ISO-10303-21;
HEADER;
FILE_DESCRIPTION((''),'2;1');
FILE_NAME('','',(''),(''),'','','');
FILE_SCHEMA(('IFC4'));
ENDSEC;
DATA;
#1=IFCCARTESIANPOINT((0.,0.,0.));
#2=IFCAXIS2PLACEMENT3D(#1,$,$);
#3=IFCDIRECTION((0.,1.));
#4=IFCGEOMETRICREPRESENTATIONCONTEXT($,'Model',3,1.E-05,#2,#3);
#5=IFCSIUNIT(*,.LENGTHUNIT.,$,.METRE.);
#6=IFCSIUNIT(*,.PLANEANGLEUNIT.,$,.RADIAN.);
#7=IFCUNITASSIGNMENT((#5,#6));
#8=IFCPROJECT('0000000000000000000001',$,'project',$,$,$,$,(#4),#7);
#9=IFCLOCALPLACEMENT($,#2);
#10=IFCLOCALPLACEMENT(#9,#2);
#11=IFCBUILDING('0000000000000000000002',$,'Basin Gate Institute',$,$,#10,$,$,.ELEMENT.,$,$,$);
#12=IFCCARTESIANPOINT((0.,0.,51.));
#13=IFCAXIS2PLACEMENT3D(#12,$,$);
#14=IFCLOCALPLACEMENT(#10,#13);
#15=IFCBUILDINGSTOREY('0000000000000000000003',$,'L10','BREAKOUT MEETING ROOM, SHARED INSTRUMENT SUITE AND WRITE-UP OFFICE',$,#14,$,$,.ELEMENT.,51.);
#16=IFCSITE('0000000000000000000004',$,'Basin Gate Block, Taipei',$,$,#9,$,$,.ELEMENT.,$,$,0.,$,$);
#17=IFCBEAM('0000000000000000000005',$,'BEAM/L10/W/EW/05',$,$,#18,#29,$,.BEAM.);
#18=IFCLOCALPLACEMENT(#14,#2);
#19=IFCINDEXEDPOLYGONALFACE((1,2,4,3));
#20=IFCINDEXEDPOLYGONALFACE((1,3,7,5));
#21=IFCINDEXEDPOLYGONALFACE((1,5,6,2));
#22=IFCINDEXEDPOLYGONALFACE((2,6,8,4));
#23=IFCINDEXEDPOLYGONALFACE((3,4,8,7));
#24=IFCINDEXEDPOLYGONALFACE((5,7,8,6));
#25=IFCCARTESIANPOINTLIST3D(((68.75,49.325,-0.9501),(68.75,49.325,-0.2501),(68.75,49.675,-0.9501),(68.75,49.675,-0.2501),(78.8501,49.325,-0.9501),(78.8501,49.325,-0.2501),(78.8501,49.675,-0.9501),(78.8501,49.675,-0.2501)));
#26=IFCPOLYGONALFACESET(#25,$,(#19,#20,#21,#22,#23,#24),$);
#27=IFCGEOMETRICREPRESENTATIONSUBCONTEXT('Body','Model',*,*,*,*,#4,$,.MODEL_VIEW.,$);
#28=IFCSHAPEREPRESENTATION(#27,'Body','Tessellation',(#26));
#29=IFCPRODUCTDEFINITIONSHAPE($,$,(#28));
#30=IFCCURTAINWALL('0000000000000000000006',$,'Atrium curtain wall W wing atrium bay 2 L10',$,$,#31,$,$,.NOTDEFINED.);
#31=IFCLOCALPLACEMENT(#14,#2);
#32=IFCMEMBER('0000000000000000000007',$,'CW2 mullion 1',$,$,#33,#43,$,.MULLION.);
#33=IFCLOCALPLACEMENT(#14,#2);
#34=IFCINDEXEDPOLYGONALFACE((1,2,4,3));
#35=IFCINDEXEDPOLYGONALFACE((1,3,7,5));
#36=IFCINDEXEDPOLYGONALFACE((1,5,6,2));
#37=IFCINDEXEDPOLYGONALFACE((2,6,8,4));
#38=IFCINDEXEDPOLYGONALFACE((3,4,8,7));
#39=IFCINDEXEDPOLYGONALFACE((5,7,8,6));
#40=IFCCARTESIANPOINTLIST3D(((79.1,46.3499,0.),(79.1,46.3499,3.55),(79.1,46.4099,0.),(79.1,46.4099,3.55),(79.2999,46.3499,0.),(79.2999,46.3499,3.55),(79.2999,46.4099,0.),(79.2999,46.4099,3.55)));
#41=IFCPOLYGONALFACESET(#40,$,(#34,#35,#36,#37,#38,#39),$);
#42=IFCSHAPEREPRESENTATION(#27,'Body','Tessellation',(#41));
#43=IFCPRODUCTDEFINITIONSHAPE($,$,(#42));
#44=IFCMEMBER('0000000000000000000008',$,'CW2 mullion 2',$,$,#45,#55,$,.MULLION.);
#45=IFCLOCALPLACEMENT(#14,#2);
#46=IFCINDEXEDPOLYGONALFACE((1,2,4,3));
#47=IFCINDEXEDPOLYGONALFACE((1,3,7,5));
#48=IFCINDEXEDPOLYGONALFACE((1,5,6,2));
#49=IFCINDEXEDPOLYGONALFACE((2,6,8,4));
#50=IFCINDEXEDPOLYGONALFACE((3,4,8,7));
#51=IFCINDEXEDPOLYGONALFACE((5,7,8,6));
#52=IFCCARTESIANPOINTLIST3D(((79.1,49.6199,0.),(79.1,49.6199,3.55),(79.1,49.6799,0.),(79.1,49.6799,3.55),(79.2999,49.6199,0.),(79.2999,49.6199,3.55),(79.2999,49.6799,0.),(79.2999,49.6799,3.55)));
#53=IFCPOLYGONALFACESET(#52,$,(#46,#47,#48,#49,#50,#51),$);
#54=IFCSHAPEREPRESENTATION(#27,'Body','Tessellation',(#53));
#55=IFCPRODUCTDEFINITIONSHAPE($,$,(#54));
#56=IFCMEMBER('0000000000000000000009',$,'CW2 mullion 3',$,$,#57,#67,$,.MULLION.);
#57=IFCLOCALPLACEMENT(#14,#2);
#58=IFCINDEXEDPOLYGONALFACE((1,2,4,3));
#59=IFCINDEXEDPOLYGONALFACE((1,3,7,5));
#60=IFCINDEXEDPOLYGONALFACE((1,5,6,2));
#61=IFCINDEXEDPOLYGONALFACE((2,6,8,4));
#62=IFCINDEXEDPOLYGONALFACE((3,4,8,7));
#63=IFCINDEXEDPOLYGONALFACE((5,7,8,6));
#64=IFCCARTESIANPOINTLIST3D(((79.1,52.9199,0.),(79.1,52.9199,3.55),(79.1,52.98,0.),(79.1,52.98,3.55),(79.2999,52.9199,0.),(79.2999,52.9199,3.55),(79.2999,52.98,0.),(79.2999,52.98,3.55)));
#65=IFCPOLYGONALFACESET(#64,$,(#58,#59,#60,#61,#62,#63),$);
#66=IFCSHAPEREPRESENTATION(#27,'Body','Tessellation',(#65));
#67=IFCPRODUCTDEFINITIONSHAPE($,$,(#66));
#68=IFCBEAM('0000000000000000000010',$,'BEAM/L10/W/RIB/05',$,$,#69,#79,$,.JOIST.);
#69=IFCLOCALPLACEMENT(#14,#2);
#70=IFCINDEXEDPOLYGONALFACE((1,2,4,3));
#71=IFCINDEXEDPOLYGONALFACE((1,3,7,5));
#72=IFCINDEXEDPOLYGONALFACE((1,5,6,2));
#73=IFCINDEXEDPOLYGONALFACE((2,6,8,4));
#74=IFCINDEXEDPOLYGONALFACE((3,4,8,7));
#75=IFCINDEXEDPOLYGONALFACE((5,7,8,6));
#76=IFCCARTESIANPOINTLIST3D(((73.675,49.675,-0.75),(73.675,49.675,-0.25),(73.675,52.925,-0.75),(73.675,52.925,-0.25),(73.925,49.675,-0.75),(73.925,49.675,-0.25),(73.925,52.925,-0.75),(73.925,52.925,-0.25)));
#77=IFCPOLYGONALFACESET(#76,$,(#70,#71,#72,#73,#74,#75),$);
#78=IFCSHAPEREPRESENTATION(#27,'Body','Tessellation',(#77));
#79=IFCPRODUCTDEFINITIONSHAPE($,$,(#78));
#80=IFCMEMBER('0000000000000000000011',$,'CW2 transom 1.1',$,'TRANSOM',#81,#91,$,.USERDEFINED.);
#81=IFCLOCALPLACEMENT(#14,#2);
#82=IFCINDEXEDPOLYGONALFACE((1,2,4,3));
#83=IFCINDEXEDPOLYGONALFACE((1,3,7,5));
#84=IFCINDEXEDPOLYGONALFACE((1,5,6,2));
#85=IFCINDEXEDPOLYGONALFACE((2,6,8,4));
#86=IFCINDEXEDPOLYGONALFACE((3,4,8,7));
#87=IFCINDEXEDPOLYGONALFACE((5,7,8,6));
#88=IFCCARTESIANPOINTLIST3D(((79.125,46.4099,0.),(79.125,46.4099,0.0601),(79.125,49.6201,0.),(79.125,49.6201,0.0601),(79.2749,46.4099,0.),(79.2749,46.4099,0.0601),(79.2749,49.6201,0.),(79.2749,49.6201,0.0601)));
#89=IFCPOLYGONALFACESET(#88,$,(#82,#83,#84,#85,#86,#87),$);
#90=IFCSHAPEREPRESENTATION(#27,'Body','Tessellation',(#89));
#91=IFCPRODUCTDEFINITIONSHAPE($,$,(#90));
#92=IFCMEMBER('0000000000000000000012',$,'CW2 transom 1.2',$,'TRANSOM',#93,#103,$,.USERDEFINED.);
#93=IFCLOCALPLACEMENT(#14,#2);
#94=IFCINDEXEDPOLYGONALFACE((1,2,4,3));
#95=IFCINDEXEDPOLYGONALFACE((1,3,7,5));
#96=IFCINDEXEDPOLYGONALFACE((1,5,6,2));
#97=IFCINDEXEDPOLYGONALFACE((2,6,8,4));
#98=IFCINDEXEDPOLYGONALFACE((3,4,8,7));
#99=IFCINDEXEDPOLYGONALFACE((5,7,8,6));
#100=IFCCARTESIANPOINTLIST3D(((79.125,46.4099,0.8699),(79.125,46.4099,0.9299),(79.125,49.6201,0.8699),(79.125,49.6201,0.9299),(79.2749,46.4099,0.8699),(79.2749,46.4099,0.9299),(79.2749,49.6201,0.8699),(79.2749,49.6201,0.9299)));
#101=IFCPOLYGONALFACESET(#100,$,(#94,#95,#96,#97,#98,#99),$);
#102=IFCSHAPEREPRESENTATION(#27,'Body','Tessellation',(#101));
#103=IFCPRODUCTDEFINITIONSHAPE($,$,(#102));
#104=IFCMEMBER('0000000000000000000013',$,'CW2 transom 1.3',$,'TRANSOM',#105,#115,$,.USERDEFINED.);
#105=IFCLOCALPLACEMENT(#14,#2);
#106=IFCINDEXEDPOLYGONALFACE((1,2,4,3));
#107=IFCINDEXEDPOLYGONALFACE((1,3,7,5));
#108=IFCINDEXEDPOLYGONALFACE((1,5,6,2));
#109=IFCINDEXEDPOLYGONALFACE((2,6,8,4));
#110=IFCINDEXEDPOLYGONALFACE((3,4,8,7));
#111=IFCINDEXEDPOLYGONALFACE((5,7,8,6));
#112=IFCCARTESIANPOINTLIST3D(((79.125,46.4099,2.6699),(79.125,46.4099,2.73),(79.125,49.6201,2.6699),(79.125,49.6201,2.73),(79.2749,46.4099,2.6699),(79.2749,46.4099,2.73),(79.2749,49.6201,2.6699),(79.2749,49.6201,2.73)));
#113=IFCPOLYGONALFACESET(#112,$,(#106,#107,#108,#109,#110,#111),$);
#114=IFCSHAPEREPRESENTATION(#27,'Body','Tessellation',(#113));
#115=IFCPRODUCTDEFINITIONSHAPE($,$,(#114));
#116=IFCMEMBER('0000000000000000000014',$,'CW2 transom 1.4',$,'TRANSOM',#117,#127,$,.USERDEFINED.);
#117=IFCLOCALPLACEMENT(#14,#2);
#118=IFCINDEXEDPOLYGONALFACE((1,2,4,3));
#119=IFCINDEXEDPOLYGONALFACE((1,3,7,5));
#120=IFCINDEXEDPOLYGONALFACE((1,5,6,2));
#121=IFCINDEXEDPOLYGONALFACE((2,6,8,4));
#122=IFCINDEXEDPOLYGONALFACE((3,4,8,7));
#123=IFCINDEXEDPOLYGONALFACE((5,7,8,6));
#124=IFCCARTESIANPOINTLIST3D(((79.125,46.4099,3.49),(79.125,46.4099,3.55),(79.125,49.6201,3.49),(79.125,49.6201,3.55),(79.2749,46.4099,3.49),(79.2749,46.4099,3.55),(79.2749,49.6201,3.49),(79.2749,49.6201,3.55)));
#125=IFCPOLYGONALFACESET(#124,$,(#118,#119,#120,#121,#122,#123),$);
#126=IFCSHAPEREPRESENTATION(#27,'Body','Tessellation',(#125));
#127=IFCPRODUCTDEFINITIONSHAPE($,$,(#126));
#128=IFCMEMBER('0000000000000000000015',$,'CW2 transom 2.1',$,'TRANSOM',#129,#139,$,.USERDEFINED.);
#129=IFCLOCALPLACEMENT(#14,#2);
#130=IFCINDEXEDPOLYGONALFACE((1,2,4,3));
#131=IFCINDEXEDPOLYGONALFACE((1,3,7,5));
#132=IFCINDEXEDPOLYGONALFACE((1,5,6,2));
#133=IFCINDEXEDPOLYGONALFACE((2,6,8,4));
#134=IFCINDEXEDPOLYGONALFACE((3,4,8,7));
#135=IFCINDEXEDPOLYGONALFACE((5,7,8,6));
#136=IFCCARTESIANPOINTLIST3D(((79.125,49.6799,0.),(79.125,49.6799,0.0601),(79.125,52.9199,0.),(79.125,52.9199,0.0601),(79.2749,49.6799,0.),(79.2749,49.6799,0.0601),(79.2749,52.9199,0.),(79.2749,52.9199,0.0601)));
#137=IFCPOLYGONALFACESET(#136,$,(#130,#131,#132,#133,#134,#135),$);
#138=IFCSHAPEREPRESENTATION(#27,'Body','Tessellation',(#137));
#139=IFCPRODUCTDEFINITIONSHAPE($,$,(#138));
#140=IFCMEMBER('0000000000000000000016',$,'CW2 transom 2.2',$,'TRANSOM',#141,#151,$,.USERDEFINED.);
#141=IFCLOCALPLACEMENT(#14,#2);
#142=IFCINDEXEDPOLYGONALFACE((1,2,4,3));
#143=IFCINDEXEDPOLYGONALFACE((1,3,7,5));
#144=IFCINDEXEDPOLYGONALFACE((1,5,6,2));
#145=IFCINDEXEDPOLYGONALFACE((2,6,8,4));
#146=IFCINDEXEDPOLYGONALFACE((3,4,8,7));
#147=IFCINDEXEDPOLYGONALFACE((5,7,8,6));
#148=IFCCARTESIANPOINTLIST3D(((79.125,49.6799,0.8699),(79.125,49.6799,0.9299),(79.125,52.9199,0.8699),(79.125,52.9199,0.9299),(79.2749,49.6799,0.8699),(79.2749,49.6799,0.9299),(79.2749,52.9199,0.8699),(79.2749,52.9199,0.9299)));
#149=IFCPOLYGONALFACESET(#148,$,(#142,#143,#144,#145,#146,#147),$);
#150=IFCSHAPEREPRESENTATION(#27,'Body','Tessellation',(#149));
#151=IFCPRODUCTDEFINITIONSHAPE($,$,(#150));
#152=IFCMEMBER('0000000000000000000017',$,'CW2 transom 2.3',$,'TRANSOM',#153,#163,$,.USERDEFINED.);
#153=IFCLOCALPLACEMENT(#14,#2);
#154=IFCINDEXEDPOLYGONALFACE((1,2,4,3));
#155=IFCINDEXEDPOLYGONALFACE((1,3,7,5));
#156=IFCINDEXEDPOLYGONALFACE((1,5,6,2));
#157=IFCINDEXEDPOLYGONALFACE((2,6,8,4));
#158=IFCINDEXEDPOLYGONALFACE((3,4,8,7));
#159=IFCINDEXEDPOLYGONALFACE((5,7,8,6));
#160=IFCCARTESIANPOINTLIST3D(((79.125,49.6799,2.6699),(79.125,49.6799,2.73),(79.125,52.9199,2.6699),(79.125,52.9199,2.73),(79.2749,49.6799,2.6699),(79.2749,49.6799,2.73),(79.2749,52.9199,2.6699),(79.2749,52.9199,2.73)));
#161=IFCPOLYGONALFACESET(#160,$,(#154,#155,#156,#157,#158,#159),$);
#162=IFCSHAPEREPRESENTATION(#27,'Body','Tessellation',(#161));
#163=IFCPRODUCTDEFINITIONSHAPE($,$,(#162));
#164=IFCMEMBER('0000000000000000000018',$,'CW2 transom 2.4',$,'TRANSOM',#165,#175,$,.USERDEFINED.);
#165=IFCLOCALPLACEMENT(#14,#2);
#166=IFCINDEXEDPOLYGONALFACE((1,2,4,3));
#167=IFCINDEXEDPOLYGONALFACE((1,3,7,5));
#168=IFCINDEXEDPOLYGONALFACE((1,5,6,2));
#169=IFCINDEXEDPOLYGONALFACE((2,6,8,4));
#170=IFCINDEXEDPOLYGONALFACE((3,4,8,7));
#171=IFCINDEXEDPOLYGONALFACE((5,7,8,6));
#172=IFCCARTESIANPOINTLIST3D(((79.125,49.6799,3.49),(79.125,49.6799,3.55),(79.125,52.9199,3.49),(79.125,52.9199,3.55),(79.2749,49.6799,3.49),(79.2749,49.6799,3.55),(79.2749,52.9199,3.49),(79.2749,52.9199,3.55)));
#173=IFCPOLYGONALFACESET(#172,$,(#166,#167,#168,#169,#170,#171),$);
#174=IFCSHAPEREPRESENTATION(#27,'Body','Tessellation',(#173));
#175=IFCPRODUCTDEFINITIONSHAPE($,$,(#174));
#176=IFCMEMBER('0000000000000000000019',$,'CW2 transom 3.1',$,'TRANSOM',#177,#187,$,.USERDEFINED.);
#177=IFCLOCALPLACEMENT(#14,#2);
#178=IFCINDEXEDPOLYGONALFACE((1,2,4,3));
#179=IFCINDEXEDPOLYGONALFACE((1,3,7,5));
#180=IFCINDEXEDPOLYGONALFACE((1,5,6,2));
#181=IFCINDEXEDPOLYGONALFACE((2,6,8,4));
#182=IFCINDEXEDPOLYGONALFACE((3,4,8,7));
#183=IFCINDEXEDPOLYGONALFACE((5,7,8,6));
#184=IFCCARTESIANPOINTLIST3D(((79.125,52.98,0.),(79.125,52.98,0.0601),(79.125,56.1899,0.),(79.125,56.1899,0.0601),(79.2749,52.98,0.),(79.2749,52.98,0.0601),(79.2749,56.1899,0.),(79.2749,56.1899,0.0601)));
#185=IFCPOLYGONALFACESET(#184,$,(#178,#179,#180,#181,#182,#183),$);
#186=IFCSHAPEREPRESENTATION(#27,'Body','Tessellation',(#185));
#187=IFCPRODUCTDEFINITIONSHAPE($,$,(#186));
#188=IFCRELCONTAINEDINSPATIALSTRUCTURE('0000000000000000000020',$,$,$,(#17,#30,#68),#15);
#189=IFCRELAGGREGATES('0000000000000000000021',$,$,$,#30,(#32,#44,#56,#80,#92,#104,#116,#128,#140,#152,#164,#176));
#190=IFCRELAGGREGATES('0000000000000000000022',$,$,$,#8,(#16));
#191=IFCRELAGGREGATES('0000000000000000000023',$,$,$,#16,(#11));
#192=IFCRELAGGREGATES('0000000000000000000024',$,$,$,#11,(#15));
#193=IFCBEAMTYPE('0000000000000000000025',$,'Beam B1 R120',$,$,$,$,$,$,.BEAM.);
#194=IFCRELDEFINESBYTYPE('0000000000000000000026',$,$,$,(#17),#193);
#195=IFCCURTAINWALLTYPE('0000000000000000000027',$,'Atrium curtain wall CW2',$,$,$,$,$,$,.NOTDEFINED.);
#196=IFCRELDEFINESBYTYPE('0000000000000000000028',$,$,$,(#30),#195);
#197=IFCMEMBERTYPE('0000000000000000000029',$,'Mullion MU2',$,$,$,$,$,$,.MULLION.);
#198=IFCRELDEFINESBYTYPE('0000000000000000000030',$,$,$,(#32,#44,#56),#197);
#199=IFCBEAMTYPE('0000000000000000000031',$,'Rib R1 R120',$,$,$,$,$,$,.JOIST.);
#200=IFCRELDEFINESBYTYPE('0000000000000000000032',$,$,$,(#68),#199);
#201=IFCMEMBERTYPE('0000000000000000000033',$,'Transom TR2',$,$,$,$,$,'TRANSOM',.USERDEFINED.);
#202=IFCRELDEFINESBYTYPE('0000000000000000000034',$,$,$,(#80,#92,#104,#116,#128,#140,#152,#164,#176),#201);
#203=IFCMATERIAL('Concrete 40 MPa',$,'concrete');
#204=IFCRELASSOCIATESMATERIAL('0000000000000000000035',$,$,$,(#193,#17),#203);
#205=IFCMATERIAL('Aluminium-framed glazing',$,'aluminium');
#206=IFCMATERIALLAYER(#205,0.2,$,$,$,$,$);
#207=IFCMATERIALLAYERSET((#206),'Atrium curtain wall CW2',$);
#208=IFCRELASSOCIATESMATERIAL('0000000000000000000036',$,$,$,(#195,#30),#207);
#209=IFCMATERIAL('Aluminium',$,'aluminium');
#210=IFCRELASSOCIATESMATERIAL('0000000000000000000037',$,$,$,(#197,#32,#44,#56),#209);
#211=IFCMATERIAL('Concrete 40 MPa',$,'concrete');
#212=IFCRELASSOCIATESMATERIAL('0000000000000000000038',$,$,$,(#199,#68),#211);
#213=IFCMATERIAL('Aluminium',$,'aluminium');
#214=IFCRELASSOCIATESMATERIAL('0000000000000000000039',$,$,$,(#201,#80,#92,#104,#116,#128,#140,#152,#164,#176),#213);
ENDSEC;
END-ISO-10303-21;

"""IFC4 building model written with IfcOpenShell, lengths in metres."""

from ifc_helpers import new_model, si_unit, direction, frame, origin, origin_2d, place, context, subcontext, project, spatial, rectangle, extrude, material, layer, layer_set, material_profile, profile_set, type_object, element, aggregate, save


model = new_model("IFC4")

# Units and contexts
model_context = context("Model", 3, precision=1e-05, world=origin(), true_north=direction((0.0, 1.0)))
body_context = subcontext(model_context, "Body", "Model", "MODEL_VIEW")
ifc_project = project(units=[si_unit("LENGTHUNIT", "METRE"), si_unit("PLANEANGLEUNIT", "RADIAN")], contexts=[model_context])

# Site, building, storey
site_placement = place(None, origin())
site = spatial("IfcSite", under=ifc_project, at=site_placement, Name="Basin Gate Block, Taipei", CompositionType="ELEMENT", RefElevation=0.0)
building_placement = place(site_placement, origin())
building = spatial("IfcBuilding", under=site, at=building_placement, Name="Basin Gate Institute", CompositionType="ELEMENT")
storey_placement = place(building_placement, frame((0.0, 0.0, 51.0)))
storey = spatial("IfcBuildingStorey", under=building, at=storey_placement, Name="L10", Description="BREAKOUT MEETING ROOM, SHARED INSTRUMENT SUITE AND WRITE-UP OFFICE", CompositionType="ELEMENT", Elevation=51.0)

# Beam
ifc_material_1 = material(Name="Concrete 40 MPa", Category="concrete")
ifc_material_profile_1 = material_profile(ifc_material_1, rectangle(XDim=0.3501, YDim=0.7, at=origin_2d()), Name="Beam B1 350 x 700")
ifc_profile_set_1 = profile_set([ifc_material_profile_1], Name="Concrete 40 MPa")
beam_type_1 = type_object("IfcBeamType", Name="Beam B1 R120", PredefinedType="BEAM", material=ifc_profile_set_1)
beam_1_placement = place(storey_placement, frame((68.75, 49.5, -0.6001), z_axis=(1.0, 0.0, 0.0), x_axis=(0.0, 1.0, 0.0)))
element("IfcBeam", 1, at=beam_1_placement, inside=storey, type_object=beam_type_1, material=ifc_profile_set_1, Name="BEAM/L10/W/EW/05", PredefinedType="BEAM", context=body_context, shape_type="SweptSolid", body=[
    extrude(rectangle(XDim=0.3501, YDim=0.7, at=origin_2d()), origin(), (0.0, 0.0, 1.0), 10.1001),
])

# Curtain wall, members
ifc_material_2 = material(Name="Aluminium-framed glazing", Category="aluminium")
ifc_layer_1 = layer(ifc_material_2, 0.2)
ifc_layer_set_1 = layer_set([ifc_layer_1], Name="Atrium curtain wall CW2")
curtain_wall_type = type_object("IfcCurtainWallType", Name="Atrium curtain wall CW2", PredefinedType="NOTDEFINED", material=ifc_layer_set_1)
curtain_wall_placement = place(storey_placement, origin())
curtain_wall = element("IfcCurtainWall", 2, at=curtain_wall_placement, inside=storey, type_object=curtain_wall_type, material=ifc_layer_set_1, Name="Atrium curtain wall W wing atrium bay 2 L10", PredefinedType="NOTDEFINED")
ifc_material_3 = material(Name="Aluminium", Category="aluminium")
ifc_material_profile_2 = material_profile(ifc_material_3, rectangle(XDim=0.2, YDim=0.0601, at=origin_2d()), Name="Mullion MU2 200 x 60")
ifc_profile_set_2 = profile_set([ifc_material_profile_2], Name="Aluminium")
member_type_1 = type_object("IfcMemberType", Name="Mullion MU2", PredefinedType="MULLION", material=ifc_profile_set_2)
member_1_placement = place(storey_placement, frame((79.2, 46.3799, 0.0), z_axis=(0.0, 0.0, 1.0), x_axis=(-1.0, 0.0, 0.0)))
member_1 = element("IfcMember", 3, at=member_1_placement, type_object=member_type_1, material=ifc_profile_set_2, Name="CW2 mullion 1", PredefinedType="MULLION", context=body_context, shape_type="SweptSolid", body=[
    extrude(rectangle(XDim=0.2, YDim=0.0601, at=origin_2d()), origin(), (0.0, 0.0, 1.0), 3.55),
])
member_2_placement = place(storey_placement, frame((79.2, 49.6499, 0.0), z_axis=(0.0, 0.0, 1.0), x_axis=(-1.0, 0.0, 0.0)))
member_2 = element("IfcMember", 4, at=member_2_placement, type_object=member_type_1, material=ifc_profile_set_2, Name="CW2 mullion 2", PredefinedType="MULLION", context=body_context, shape_type="SweptSolid", body=[
    extrude(rectangle(XDim=0.2, YDim=0.0601, at=origin_2d()), origin(), (0.0, 0.0, 1.0), 3.55),
])
member_3_placement = place(storey_placement, frame((79.2, 52.95, 0.0), z_axis=(0.0, 0.0, 1.0), x_axis=(-1.0, 0.0, 0.0)))
member_3 = element("IfcMember", 5, at=member_3_placement, type_object=member_type_1, material=ifc_profile_set_2, Name="CW2 mullion 3", PredefinedType="MULLION", context=body_context, shape_type="SweptSolid", body=[
    extrude(rectangle(XDim=0.2, YDim=0.0601, at=origin_2d()), origin(), (0.0, 0.0, 1.0), 3.55),
])

# Beam
ifc_material_4 = material(Name="Concrete 40 MPa", Category="concrete")
ifc_material_profile_3 = material_profile(ifc_material_4, rectangle(XDim=0.25, YDim=0.5, at=origin_2d()), Name="Rib R1 250 x 500")
ifc_profile_set_3 = profile_set([ifc_material_profile_3], Name="Concrete 40 MPa")
beam_type_2 = type_object("IfcBeamType", Name="Rib R1 R120", PredefinedType="JOIST", material=ifc_profile_set_3)
beam_2_placement = place(storey_placement, frame((73.8, 49.675, -0.5), z_axis=(0.0, 1.0, 0.0), x_axis=(-1.0, 0.0, 0.0)))
element("IfcBeam", 6, at=beam_2_placement, inside=storey, type_object=beam_type_2, material=ifc_profile_set_3, Name="BEAM/L10/W/RIB/05", PredefinedType="JOIST", context=body_context, shape_type="SweptSolid", body=[
    extrude(rectangle(XDim=0.25, YDim=0.5, at=origin_2d()), origin(), (0.0, 0.0, 1.0), 3.25),
])

# Members
ifc_material_5 = material(Name="Aluminium", Category="aluminium")
ifc_material_profile_4 = material_profile(ifc_material_5, rectangle(XDim=0.1499, YDim=0.0601, at=origin_2d()), Name="Transom TR2 150 x 60")
ifc_profile_set_4 = profile_set([ifc_material_profile_4], Name="Aluminium")
member_type_2 = type_object("IfcMemberType", Name="Transom TR2", ElementType="TRANSOM", PredefinedType="USERDEFINED", material=ifc_profile_set_4)
member_4_placement = place(storey_placement, frame((79.2, 46.4099, 0.03), z_axis=(0.0, 1.0, 0.0), x_axis=(-1.0, 0.0, 0.0)))
member_4 = element("IfcMember", 7, at=member_4_placement, type_object=member_type_2, material=ifc_profile_set_4, Name="CW2 transom 1.1", ObjectType="TRANSOM", PredefinedType="USERDEFINED", context=body_context, shape_type="SweptSolid", body=[
    extrude(rectangle(XDim=0.1499, YDim=0.0601, at=origin_2d()), origin(), (0.0, 0.0, 1.0), 3.2102),
])
member_5_placement = place(storey_placement, frame((79.2, 46.4099, 0.8999), z_axis=(0.0, 1.0, 0.0), x_axis=(-1.0, 0.0, 0.0)))
member_5 = element("IfcMember", 8, at=member_5_placement, type_object=member_type_2, material=ifc_profile_set_4, Name="CW2 transom 1.2", ObjectType="TRANSOM", PredefinedType="USERDEFINED", context=body_context, shape_type="SweptSolid", body=[
    extrude(rectangle(XDim=0.1499, YDim=0.0601, at=origin_2d()), origin(), (0.0, 0.0, 1.0), 3.2102),
])
member_6_placement = place(storey_placement, frame((79.2, 46.4099, 2.7), z_axis=(0.0, 1.0, 0.0), x_axis=(-1.0, 0.0, 0.0)))
member_6 = element("IfcMember", 9, at=member_6_placement, type_object=member_type_2, material=ifc_profile_set_4, Name="CW2 transom 1.3", ObjectType="TRANSOM", PredefinedType="USERDEFINED", context=body_context, shape_type="SweptSolid", body=[
    extrude(rectangle(XDim=0.1499, YDim=0.0601, at=origin_2d()), origin(), (0.0, 0.0, 1.0), 3.2102),
])
member_7_placement = place(storey_placement, frame((79.2, 46.4099, 3.52), z_axis=(0.0, 1.0, 0.0), x_axis=(-1.0, 0.0, 0.0)))
member_7 = element("IfcMember", 10, at=member_7_placement, type_object=member_type_2, material=ifc_profile_set_4, Name="CW2 transom 1.4", ObjectType="TRANSOM", PredefinedType="USERDEFINED", context=body_context, shape_type="SweptSolid", body=[
    extrude(rectangle(XDim=0.1499, YDim=0.0601, at=origin_2d()), origin(), (0.0, 0.0, 1.0), 3.2102),
])
member_8_placement = place(storey_placement, frame((79.2, 49.6799, 0.03), z_axis=(0.0, 1.0, 0.0), x_axis=(-1.0, 0.0, 0.0)))
member_8 = element("IfcMember", 11, at=member_8_placement, type_object=member_type_2, material=ifc_profile_set_4, Name="CW2 transom 2.1", ObjectType="TRANSOM", PredefinedType="USERDEFINED", context=body_context, shape_type="SweptSolid", body=[
    extrude(rectangle(XDim=0.1499, YDim=0.0601, at=origin_2d()), origin(), (0.0, 0.0, 1.0), 3.24),
])
member_9_placement = place(storey_placement, frame((79.2, 49.6799, 0.8999), z_axis=(0.0, 1.0, 0.0), x_axis=(-1.0, 0.0, 0.0)))
member_9 = element("IfcMember", 12, at=member_9_placement, type_object=member_type_2, material=ifc_profile_set_4, Name="CW2 transom 2.2", ObjectType="TRANSOM", PredefinedType="USERDEFINED", context=body_context, shape_type="SweptSolid", body=[
    extrude(rectangle(XDim=0.1499, YDim=0.0601, at=origin_2d()), origin(), (0.0, 0.0, 1.0), 3.24),
])
member_10_placement = place(storey_placement, frame((79.2, 49.6799, 2.7), z_axis=(0.0, 1.0, 0.0), x_axis=(-1.0, 0.0, 0.0)))
member_10 = element("IfcMember", 13, at=member_10_placement, type_object=member_type_2, material=ifc_profile_set_4, Name="CW2 transom 2.3", ObjectType="TRANSOM", PredefinedType="USERDEFINED", context=body_context, shape_type="SweptSolid", body=[
    extrude(rectangle(XDim=0.1499, YDim=0.0601, at=origin_2d()), origin(), (0.0, 0.0, 1.0), 3.24),
])
member_11_placement = place(storey_placement, frame((79.2, 49.6799, 3.52), z_axis=(0.0, 1.0, 0.0), x_axis=(-1.0, 0.0, 0.0)))
member_11 = element("IfcMember", 14, at=member_11_placement, type_object=member_type_2, material=ifc_profile_set_4, Name="CW2 transom 2.4", ObjectType="TRANSOM", PredefinedType="USERDEFINED", context=body_context, shape_type="SweptSolid", body=[
    extrude(rectangle(XDim=0.1499, YDim=0.0601, at=origin_2d()), origin(), (0.0, 0.0, 1.0), 3.24),
])
member_12_placement = place(storey_placement, frame((79.2, 52.98, 0.03), z_axis=(0.0, 1.0, 0.0), x_axis=(-1.0, 0.0, 0.0)))
member_12 = element("IfcMember", 15, at=member_12_placement, type_object=member_type_2, material=ifc_profile_set_4, Name="CW2 transom 3.1", ObjectType="TRANSOM", PredefinedType="USERDEFINED", context=body_context, shape_type="SweptSolid", body=[
    extrude(rectangle(XDim=0.1499, YDim=0.0601, at=origin_2d()), origin(), (0.0, 0.0, 1.0), 3.21),
])

aggregate(curtain_wall, [member_1, member_2, member_3, member_4, member_5, member_6, member_7, member_8, member_9, member_10, member_11, member_12])

save(model, "model.ifc")
